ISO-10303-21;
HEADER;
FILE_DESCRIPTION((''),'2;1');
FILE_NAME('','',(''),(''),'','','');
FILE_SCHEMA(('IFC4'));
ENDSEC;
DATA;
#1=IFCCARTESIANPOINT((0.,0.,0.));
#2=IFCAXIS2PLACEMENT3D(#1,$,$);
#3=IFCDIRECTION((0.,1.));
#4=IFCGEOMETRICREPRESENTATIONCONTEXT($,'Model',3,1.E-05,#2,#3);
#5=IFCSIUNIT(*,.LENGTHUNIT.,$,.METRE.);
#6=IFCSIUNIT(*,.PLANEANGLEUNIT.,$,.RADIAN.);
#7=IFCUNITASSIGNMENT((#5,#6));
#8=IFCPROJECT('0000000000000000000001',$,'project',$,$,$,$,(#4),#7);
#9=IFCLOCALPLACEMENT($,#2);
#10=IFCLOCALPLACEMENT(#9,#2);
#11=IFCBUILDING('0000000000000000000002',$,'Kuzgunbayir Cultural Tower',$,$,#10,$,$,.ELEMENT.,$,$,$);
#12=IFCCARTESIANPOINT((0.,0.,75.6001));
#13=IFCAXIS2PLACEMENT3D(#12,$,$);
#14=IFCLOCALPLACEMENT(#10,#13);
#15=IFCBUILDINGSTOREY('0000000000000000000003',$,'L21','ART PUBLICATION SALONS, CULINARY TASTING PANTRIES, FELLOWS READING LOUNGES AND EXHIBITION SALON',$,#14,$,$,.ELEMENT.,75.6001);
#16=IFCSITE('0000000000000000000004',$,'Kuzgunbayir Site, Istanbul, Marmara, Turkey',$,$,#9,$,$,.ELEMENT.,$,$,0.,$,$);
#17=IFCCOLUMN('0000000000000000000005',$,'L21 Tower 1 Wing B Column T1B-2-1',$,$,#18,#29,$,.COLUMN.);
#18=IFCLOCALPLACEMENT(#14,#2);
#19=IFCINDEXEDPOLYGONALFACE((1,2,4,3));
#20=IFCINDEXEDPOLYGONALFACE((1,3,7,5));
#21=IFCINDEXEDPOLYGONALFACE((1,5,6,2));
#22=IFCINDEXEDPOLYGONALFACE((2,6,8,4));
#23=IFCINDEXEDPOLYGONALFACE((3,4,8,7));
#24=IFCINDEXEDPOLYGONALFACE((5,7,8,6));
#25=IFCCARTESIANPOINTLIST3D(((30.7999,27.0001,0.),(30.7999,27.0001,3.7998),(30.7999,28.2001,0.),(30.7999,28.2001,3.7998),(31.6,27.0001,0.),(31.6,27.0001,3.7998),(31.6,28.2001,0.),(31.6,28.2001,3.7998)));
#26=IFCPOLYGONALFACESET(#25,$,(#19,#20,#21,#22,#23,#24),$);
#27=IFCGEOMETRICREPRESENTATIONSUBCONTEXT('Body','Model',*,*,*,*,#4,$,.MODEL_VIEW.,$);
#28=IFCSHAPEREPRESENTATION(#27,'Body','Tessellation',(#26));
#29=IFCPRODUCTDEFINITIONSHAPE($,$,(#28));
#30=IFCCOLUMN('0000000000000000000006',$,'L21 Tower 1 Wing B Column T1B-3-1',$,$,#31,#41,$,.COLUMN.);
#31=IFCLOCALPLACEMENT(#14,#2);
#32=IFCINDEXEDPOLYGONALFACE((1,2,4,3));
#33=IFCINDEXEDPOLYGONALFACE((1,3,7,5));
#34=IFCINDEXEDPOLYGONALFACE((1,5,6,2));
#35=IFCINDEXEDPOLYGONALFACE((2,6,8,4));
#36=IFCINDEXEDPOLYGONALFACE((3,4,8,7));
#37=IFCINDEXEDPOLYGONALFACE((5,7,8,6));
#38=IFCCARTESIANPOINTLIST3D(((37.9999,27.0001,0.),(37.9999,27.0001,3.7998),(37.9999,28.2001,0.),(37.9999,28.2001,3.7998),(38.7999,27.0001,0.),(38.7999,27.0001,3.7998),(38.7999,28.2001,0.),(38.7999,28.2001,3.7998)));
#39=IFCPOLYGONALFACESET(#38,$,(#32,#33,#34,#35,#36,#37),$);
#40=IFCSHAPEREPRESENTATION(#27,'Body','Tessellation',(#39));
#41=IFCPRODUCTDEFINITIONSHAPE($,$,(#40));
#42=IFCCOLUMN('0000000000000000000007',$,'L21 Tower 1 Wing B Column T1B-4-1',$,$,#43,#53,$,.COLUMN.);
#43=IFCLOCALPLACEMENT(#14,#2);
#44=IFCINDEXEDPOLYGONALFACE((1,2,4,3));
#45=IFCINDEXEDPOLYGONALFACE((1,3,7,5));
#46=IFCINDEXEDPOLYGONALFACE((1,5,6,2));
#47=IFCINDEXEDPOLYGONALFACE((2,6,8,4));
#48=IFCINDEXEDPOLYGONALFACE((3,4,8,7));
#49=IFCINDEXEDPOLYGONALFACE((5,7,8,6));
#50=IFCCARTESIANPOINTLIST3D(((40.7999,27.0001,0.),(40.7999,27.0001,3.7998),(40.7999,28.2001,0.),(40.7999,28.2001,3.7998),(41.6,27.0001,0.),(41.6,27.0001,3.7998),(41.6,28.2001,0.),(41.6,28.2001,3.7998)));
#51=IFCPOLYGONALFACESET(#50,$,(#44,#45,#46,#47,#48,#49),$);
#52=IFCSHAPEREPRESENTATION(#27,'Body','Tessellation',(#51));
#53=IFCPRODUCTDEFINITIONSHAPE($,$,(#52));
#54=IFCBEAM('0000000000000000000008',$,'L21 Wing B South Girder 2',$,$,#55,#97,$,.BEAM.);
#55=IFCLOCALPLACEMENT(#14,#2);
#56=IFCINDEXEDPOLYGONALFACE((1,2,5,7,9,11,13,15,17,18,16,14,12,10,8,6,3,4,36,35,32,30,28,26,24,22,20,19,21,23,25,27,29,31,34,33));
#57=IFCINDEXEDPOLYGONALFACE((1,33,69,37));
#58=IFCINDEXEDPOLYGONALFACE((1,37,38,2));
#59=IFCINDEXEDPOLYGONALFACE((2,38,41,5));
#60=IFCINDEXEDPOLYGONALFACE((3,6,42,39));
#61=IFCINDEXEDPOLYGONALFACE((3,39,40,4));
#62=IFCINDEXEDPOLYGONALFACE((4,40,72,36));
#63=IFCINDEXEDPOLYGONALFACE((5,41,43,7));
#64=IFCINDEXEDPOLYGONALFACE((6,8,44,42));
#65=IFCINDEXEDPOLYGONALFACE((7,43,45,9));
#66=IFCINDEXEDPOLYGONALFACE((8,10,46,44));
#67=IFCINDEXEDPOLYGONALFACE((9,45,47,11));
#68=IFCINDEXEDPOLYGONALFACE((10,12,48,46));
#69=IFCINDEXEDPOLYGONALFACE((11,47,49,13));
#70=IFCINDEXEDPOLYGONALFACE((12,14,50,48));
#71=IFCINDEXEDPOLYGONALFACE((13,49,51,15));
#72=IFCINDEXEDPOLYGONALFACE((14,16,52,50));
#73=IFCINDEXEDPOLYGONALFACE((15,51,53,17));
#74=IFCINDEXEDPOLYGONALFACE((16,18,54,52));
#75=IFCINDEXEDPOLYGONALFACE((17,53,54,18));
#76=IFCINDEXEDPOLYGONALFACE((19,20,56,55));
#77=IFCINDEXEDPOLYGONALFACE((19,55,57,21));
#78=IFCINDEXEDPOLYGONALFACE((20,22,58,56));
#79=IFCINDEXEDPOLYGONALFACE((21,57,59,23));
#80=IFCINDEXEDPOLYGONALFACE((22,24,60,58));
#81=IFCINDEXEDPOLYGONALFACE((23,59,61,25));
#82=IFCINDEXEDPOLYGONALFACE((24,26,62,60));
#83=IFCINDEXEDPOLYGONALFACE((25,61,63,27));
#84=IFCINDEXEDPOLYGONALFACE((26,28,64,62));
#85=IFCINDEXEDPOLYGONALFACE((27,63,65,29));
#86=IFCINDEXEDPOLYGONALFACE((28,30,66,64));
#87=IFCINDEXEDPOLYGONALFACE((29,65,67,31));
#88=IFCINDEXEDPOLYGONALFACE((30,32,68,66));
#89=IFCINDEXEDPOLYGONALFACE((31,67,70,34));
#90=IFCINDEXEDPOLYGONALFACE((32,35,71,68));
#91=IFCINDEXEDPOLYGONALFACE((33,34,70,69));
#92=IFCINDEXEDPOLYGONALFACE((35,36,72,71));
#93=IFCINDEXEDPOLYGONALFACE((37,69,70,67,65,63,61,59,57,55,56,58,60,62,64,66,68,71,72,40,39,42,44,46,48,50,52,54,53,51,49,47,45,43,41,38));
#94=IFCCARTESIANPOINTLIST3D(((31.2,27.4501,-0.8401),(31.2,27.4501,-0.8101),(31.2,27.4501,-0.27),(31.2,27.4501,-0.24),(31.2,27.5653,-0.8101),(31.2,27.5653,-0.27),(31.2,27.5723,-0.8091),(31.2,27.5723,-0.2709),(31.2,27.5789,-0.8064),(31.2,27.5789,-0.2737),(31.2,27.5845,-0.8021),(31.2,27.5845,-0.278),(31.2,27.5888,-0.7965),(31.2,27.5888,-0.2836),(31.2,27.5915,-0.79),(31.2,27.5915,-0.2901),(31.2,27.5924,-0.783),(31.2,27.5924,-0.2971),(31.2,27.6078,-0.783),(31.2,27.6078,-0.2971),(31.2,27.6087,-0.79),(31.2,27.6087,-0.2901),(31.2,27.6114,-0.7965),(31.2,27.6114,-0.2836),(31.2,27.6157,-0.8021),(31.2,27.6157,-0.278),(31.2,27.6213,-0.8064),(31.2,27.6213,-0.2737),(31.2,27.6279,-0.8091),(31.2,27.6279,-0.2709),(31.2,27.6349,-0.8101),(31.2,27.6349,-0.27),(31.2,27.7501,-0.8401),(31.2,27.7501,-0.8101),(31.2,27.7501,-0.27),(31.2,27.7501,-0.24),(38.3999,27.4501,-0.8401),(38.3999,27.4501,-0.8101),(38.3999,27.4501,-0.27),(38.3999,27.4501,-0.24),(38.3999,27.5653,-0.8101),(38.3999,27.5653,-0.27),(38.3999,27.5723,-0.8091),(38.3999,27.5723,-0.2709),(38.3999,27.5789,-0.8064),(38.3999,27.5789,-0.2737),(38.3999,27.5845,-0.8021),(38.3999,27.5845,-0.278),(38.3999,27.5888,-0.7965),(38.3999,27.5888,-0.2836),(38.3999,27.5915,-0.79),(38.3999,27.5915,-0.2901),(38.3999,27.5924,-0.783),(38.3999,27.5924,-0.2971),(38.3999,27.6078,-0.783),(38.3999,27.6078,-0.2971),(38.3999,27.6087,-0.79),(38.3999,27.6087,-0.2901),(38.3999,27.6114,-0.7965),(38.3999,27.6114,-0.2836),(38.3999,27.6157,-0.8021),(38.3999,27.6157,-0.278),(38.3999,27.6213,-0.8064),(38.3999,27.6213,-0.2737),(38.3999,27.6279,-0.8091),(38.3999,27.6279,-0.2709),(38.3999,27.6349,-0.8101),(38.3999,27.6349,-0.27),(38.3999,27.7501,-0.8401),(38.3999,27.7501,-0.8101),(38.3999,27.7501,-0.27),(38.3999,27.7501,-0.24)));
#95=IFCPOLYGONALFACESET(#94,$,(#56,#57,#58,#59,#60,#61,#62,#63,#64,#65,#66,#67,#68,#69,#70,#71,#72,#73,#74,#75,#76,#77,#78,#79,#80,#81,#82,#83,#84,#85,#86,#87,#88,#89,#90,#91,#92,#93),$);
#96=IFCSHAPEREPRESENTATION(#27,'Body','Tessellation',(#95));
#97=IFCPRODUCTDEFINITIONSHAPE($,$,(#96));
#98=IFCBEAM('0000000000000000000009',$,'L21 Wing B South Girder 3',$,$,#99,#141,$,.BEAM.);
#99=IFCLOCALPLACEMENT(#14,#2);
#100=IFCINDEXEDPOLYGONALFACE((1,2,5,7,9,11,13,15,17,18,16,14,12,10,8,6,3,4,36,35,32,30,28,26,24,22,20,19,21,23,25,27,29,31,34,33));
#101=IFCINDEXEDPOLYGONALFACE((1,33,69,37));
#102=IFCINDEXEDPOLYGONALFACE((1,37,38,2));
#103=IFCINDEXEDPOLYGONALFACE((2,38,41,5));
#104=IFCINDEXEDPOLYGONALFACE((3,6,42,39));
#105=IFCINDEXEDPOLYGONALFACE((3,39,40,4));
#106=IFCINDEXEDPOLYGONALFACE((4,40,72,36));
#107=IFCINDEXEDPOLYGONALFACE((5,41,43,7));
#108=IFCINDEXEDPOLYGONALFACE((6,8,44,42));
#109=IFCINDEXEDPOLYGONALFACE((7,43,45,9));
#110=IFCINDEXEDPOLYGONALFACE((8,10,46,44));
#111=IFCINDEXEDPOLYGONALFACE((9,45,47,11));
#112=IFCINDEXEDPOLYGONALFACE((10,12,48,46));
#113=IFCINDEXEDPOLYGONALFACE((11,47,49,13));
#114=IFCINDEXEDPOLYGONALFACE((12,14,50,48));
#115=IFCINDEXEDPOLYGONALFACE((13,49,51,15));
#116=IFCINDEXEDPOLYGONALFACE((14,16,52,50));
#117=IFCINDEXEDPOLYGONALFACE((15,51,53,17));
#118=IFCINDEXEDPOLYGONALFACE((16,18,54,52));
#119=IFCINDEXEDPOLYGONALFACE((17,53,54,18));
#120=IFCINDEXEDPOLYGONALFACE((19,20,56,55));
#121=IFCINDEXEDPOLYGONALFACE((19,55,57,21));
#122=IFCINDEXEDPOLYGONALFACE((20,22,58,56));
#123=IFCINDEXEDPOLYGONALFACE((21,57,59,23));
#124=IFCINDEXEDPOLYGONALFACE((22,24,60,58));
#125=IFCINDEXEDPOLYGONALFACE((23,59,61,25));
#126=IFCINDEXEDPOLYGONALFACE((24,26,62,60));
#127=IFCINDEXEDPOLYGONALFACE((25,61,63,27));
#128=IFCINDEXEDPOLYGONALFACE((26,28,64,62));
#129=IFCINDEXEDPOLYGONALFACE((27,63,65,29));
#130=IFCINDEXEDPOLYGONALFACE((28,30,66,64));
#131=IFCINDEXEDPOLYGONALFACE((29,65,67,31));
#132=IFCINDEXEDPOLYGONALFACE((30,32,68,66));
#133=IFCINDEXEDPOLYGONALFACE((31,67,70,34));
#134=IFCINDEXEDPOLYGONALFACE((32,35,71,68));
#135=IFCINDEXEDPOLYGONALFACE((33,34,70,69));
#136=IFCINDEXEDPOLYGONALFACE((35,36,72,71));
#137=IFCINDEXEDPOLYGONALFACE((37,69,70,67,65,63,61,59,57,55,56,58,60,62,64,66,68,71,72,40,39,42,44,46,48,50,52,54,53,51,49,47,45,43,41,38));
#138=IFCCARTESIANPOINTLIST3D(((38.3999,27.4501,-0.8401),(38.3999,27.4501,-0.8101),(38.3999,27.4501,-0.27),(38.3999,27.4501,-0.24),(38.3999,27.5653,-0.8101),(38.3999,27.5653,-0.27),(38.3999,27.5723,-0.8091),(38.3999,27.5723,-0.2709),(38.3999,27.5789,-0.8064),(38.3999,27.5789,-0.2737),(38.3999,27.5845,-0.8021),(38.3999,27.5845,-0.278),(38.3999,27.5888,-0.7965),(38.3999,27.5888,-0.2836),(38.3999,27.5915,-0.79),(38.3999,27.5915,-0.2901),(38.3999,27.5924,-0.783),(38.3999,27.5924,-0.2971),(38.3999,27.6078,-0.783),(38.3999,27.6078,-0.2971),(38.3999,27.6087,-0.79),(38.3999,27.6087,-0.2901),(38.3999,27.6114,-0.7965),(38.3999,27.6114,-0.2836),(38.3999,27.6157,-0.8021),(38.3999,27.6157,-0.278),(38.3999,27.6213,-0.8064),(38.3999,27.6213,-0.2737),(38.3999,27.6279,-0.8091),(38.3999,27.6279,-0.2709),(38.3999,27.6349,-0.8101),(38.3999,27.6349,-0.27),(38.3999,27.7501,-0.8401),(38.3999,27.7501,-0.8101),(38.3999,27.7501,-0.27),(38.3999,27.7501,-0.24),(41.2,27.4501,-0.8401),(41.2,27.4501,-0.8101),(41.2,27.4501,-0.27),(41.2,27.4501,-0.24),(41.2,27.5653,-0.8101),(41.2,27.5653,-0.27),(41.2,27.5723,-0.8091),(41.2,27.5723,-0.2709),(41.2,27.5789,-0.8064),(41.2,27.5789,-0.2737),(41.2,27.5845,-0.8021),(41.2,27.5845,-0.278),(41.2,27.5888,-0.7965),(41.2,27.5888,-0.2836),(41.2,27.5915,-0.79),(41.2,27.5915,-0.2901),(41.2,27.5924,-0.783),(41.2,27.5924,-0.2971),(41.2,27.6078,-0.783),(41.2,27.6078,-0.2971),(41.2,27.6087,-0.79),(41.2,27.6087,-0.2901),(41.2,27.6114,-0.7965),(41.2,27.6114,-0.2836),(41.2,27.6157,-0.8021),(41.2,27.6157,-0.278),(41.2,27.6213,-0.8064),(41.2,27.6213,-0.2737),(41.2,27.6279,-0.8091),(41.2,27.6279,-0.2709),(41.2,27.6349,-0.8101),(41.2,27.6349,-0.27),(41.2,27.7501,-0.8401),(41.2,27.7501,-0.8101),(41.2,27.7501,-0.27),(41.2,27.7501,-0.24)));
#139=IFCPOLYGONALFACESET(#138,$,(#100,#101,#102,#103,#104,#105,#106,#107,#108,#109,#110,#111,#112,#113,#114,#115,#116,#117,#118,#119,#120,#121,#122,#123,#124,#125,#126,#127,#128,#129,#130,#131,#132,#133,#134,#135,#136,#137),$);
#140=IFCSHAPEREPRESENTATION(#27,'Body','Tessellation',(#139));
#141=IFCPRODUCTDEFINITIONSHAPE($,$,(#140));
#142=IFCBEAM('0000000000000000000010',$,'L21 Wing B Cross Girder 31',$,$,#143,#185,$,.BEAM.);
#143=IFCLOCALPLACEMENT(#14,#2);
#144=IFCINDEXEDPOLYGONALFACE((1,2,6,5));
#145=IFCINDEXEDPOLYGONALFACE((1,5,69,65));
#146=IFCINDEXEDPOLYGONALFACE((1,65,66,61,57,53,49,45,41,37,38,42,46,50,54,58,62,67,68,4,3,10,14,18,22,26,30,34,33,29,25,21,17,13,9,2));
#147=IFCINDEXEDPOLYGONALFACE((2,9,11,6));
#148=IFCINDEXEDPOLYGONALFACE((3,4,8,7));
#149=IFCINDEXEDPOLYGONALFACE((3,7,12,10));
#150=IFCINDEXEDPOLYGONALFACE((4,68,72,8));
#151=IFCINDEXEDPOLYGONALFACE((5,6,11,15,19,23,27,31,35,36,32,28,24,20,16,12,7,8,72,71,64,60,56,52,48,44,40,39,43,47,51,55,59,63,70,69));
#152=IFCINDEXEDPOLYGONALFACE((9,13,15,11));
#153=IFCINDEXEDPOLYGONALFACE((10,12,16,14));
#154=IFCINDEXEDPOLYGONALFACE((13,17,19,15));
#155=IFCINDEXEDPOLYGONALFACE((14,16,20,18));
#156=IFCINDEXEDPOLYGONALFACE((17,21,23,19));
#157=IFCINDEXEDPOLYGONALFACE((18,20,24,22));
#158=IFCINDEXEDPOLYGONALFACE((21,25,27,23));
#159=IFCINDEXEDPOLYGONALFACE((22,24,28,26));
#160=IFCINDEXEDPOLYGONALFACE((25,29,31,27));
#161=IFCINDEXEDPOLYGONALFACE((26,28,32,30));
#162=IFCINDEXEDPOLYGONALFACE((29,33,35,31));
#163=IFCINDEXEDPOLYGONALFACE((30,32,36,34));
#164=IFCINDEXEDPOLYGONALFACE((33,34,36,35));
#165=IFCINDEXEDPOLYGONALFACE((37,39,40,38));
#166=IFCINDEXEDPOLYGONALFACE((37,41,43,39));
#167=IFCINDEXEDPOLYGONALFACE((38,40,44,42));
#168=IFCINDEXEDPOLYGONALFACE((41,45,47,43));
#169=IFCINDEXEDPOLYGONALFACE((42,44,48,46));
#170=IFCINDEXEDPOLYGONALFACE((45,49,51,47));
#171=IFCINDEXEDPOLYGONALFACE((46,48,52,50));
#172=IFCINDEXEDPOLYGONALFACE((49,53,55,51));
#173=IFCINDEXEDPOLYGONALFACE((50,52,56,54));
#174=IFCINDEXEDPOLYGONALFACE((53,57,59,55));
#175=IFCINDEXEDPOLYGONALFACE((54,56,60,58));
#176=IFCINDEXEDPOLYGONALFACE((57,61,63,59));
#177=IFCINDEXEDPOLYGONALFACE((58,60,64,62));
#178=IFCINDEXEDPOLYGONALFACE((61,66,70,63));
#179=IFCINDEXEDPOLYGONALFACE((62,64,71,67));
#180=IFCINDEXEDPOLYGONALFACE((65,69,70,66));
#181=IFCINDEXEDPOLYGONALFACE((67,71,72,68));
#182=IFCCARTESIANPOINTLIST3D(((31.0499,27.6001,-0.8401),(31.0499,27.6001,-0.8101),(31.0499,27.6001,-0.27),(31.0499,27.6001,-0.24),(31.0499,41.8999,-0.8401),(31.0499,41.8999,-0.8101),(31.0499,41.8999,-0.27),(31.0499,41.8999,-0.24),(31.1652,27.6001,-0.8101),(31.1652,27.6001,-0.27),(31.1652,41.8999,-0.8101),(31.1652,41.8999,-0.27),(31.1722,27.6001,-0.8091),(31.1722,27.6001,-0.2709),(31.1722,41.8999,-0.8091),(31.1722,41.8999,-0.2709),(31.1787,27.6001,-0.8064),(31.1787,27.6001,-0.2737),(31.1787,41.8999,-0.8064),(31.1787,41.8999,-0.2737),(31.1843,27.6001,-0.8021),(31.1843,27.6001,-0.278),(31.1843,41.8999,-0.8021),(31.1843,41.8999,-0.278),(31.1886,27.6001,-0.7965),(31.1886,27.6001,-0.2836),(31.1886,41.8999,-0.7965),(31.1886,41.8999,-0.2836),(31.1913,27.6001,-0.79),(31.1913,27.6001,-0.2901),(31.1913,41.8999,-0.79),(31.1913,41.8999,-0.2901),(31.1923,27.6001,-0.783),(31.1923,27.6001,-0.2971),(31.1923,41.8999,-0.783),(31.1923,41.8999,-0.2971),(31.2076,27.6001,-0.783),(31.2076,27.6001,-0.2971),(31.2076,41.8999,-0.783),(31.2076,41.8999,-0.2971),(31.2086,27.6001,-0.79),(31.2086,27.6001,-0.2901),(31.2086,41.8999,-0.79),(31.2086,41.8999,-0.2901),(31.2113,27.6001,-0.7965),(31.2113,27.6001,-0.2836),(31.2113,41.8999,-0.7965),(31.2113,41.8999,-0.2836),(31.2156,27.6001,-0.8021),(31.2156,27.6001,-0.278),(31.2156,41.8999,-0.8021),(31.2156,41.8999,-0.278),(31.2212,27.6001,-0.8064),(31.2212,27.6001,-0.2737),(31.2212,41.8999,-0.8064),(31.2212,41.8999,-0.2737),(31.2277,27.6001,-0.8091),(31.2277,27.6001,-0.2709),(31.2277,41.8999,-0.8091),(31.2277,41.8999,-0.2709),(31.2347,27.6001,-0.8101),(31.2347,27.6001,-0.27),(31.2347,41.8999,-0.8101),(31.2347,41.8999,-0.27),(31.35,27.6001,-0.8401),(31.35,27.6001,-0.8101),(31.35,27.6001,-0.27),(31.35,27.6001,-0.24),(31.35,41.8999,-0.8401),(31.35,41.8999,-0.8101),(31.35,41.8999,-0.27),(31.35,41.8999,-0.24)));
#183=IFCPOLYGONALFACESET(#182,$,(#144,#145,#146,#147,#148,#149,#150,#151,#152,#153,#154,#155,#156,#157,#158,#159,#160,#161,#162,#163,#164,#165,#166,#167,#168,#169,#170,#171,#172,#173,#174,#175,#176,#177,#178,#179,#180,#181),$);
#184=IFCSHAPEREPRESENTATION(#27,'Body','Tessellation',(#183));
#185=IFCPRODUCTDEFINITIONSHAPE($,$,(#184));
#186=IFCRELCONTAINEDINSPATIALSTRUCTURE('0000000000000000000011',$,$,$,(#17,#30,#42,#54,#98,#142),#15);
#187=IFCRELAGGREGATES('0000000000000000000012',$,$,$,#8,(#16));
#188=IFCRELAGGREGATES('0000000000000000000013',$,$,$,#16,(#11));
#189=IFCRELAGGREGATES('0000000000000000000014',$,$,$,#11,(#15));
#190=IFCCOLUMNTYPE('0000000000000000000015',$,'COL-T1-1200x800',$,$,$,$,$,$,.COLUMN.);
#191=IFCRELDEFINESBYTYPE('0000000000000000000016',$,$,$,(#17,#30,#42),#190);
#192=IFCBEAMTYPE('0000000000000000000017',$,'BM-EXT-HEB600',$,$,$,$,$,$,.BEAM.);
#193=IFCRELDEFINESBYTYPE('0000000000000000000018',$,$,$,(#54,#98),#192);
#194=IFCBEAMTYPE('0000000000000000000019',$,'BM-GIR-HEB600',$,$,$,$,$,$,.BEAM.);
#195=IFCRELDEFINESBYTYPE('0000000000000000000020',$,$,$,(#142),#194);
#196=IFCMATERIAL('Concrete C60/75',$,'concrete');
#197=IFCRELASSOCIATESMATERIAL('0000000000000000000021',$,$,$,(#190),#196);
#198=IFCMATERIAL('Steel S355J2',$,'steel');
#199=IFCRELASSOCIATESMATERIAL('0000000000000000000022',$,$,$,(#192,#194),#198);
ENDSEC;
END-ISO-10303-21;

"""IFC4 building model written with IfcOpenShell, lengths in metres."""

from ifc_helpers import new_model, si_unit, direction, frame, origin, origin_2d, place, context, subcontext, project, spatial, rectangle, i_section, extrude, material, material_profile, profile_set, type_object, element, save


model = new_model("IFC4")

# Units and contexts
model_context = context("Model", 3, precision=1e-05, world=origin(), true_north=direction((0.0, 1.0)))
body_context = subcontext(model_context, "Body", "Model", "MODEL_VIEW")
ifc_project = project(units=[si_unit("LENGTHUNIT", "METRE"), si_unit("PLANEANGLEUNIT", "RADIAN")], contexts=[model_context])

# Site, building, storey
site_placement = place(None, origin())
site = spatial("IfcSite", under=ifc_project, at=site_placement, Name="Kuzgunbayir Site, Istanbul, Marmara, Turkey", CompositionType="ELEMENT", RefElevation=0.0)
building_placement = place(site_placement, origin())
building = spatial("IfcBuilding", under=site, at=building_placement, Name="Kuzgunbayir Cultural Tower", CompositionType="ELEMENT")
storey_placement = place(building_placement, frame((0.0, 0.0, 75.6001)))
storey = spatial("IfcBuildingStorey", under=building, at=storey_placement, Name="L21", Description="ART PUBLICATION SALONS, CULINARY TASTING PANTRIES, FELLOWS READING LOUNGES AND EXHIBITION SALON", CompositionType="ELEMENT", Elevation=75.6001)

# Columns
ifc_material_1 = material(Name="Concrete C60/75", Category="concrete")
ifc_material_profile_1 = material_profile(ifc_material_1, rectangle(XDim=0.8, YDim=1.2, at=origin_2d()), Name="RC 1200x800")
ifc_profile_set_1 = profile_set([ifc_material_profile_1], Name="Concrete C60/75")
column_type = type_object("IfcColumnType", Name="COL-T1-1200x800", PredefinedType="COLUMN", material=ifc_profile_set_1)
for number, where, z_axis, x_axis, name in (
    (1, (31.2, 27.6001, 0.0), (0.0, 0.0, 1.0), (1.0, 0.0, 0.0), "L21 Tower 1 Wing B Column T1B-2-1"),
    (2, (38.3999, 27.6001, 0.0), (0.0, 0.0, 1.0), (1.0, 0.0, 0.0), "L21 Tower 1 Wing B Column T1B-3-1"),
    (3, (41.2, 27.6001, 0.0), (0.0, 0.0, 1.0), (1.0, 0.0, 0.0), "L21 Tower 1 Wing B Column T1B-4-1"),
):
    element("IfcColumn", number, at=place(storey_placement, frame(where, z_axis=z_axis, x_axis=x_axis)), inside=storey, type_object=column_type, Name=name, PredefinedType="COLUMN", context=body_context, shape_type="SweptSolid", body=[
        extrude(rectangle(XDim=0.8, YDim=1.2, at=origin_2d()), origin(), (0.0, 0.0, 1.0), 3.7998),
    ])

# Beams
ifc_material_2 = material(Name="Steel S355J2", Category="steel")
ifc_material_profile_2 = material_profile(ifc_material_2, i_section(OverallWidth=0.3, OverallDepth=0.6001, WebThickness=0.0154, FlangeThickness=0.03, FilletRadius=0.0271, at=origin_2d()), Name="HEB 600")
ifc_profile_set_2 = profile_set([ifc_material_profile_2], Name="Steel S355J2")
beam_type_1 = type_object("IfcBeamType", Name="BM-EXT-HEB600", PredefinedType="BEAM", material=ifc_profile_set_2)
beam_1_placement = place(storey_placement, frame((31.2, 27.6001, -0.54), z_axis=(1.0, 0.0, 0.0), x_axis=(0.0, 1.0, 0.0)))
element("IfcBeam", 4, at=beam_1_placement, inside=storey, type_object=beam_type_1, Name="L21 Wing B South Girder 2", PredefinedType="BEAM", context=body_context, shape_type="SweptSolid", body=[
    extrude(i_section(OverallWidth=0.3, OverallDepth=0.6001, WebThickness=0.0154, FlangeThickness=0.03, FilletRadius=0.0271, at=origin_2d()), origin(), (0.0, 0.0, 1.0), 7.2),
])
beam_2_placement = place(storey_placement, frame((38.3999, 27.6001, -0.54), z_axis=(1.0, 0.0, 0.0), x_axis=(0.0, 1.0, 0.0)))
element("IfcBeam", 5, at=beam_2_placement, inside=storey, type_object=beam_type_1, Name="L21 Wing B South Girder 3", PredefinedType="BEAM", context=body_context, shape_type="SweptSolid", body=[
    extrude(i_section(OverallWidth=0.3, OverallDepth=0.6001, WebThickness=0.0154, FlangeThickness=0.03, FilletRadius=0.0271, at=origin_2d()), origin(), (0.0, 0.0, 1.0), 2.8),
])
ifc_material_profile_3 = material_profile(ifc_material_2, i_section(OverallWidth=0.3, OverallDepth=0.6001, WebThickness=0.0154, FlangeThickness=0.03, FilletRadius=0.0271, at=origin_2d()), Name="HEB 600")
ifc_profile_set_3 = profile_set([ifc_material_profile_3], Name="Steel S355J2")
beam_type_2 = type_object("IfcBeamType", Name="BM-GIR-HEB600", PredefinedType="BEAM", material=ifc_profile_set_3)
beam_3_placement = place(storey_placement, frame((31.2, 27.6001, -0.54), z_axis=(0.0, 1.0, 0.0), x_axis=(-1.0, 0.0, 0.0)))
element("IfcBeam", 6, at=beam_3_placement, inside=storey, type_object=beam_type_2, Name="L21 Wing B Cross Girder 31", PredefinedType="BEAM", context=body_context, shape_type="SweptSolid", body=[
    extrude(i_section(OverallWidth=0.3, OverallDepth=0.6001, WebThickness=0.0154, FlangeThickness=0.03, FilletRadius=0.0271, at=origin_2d()), origin(), (0.0, 0.0, 1.0), 14.2998),
])

save(model, "model.ifc")
